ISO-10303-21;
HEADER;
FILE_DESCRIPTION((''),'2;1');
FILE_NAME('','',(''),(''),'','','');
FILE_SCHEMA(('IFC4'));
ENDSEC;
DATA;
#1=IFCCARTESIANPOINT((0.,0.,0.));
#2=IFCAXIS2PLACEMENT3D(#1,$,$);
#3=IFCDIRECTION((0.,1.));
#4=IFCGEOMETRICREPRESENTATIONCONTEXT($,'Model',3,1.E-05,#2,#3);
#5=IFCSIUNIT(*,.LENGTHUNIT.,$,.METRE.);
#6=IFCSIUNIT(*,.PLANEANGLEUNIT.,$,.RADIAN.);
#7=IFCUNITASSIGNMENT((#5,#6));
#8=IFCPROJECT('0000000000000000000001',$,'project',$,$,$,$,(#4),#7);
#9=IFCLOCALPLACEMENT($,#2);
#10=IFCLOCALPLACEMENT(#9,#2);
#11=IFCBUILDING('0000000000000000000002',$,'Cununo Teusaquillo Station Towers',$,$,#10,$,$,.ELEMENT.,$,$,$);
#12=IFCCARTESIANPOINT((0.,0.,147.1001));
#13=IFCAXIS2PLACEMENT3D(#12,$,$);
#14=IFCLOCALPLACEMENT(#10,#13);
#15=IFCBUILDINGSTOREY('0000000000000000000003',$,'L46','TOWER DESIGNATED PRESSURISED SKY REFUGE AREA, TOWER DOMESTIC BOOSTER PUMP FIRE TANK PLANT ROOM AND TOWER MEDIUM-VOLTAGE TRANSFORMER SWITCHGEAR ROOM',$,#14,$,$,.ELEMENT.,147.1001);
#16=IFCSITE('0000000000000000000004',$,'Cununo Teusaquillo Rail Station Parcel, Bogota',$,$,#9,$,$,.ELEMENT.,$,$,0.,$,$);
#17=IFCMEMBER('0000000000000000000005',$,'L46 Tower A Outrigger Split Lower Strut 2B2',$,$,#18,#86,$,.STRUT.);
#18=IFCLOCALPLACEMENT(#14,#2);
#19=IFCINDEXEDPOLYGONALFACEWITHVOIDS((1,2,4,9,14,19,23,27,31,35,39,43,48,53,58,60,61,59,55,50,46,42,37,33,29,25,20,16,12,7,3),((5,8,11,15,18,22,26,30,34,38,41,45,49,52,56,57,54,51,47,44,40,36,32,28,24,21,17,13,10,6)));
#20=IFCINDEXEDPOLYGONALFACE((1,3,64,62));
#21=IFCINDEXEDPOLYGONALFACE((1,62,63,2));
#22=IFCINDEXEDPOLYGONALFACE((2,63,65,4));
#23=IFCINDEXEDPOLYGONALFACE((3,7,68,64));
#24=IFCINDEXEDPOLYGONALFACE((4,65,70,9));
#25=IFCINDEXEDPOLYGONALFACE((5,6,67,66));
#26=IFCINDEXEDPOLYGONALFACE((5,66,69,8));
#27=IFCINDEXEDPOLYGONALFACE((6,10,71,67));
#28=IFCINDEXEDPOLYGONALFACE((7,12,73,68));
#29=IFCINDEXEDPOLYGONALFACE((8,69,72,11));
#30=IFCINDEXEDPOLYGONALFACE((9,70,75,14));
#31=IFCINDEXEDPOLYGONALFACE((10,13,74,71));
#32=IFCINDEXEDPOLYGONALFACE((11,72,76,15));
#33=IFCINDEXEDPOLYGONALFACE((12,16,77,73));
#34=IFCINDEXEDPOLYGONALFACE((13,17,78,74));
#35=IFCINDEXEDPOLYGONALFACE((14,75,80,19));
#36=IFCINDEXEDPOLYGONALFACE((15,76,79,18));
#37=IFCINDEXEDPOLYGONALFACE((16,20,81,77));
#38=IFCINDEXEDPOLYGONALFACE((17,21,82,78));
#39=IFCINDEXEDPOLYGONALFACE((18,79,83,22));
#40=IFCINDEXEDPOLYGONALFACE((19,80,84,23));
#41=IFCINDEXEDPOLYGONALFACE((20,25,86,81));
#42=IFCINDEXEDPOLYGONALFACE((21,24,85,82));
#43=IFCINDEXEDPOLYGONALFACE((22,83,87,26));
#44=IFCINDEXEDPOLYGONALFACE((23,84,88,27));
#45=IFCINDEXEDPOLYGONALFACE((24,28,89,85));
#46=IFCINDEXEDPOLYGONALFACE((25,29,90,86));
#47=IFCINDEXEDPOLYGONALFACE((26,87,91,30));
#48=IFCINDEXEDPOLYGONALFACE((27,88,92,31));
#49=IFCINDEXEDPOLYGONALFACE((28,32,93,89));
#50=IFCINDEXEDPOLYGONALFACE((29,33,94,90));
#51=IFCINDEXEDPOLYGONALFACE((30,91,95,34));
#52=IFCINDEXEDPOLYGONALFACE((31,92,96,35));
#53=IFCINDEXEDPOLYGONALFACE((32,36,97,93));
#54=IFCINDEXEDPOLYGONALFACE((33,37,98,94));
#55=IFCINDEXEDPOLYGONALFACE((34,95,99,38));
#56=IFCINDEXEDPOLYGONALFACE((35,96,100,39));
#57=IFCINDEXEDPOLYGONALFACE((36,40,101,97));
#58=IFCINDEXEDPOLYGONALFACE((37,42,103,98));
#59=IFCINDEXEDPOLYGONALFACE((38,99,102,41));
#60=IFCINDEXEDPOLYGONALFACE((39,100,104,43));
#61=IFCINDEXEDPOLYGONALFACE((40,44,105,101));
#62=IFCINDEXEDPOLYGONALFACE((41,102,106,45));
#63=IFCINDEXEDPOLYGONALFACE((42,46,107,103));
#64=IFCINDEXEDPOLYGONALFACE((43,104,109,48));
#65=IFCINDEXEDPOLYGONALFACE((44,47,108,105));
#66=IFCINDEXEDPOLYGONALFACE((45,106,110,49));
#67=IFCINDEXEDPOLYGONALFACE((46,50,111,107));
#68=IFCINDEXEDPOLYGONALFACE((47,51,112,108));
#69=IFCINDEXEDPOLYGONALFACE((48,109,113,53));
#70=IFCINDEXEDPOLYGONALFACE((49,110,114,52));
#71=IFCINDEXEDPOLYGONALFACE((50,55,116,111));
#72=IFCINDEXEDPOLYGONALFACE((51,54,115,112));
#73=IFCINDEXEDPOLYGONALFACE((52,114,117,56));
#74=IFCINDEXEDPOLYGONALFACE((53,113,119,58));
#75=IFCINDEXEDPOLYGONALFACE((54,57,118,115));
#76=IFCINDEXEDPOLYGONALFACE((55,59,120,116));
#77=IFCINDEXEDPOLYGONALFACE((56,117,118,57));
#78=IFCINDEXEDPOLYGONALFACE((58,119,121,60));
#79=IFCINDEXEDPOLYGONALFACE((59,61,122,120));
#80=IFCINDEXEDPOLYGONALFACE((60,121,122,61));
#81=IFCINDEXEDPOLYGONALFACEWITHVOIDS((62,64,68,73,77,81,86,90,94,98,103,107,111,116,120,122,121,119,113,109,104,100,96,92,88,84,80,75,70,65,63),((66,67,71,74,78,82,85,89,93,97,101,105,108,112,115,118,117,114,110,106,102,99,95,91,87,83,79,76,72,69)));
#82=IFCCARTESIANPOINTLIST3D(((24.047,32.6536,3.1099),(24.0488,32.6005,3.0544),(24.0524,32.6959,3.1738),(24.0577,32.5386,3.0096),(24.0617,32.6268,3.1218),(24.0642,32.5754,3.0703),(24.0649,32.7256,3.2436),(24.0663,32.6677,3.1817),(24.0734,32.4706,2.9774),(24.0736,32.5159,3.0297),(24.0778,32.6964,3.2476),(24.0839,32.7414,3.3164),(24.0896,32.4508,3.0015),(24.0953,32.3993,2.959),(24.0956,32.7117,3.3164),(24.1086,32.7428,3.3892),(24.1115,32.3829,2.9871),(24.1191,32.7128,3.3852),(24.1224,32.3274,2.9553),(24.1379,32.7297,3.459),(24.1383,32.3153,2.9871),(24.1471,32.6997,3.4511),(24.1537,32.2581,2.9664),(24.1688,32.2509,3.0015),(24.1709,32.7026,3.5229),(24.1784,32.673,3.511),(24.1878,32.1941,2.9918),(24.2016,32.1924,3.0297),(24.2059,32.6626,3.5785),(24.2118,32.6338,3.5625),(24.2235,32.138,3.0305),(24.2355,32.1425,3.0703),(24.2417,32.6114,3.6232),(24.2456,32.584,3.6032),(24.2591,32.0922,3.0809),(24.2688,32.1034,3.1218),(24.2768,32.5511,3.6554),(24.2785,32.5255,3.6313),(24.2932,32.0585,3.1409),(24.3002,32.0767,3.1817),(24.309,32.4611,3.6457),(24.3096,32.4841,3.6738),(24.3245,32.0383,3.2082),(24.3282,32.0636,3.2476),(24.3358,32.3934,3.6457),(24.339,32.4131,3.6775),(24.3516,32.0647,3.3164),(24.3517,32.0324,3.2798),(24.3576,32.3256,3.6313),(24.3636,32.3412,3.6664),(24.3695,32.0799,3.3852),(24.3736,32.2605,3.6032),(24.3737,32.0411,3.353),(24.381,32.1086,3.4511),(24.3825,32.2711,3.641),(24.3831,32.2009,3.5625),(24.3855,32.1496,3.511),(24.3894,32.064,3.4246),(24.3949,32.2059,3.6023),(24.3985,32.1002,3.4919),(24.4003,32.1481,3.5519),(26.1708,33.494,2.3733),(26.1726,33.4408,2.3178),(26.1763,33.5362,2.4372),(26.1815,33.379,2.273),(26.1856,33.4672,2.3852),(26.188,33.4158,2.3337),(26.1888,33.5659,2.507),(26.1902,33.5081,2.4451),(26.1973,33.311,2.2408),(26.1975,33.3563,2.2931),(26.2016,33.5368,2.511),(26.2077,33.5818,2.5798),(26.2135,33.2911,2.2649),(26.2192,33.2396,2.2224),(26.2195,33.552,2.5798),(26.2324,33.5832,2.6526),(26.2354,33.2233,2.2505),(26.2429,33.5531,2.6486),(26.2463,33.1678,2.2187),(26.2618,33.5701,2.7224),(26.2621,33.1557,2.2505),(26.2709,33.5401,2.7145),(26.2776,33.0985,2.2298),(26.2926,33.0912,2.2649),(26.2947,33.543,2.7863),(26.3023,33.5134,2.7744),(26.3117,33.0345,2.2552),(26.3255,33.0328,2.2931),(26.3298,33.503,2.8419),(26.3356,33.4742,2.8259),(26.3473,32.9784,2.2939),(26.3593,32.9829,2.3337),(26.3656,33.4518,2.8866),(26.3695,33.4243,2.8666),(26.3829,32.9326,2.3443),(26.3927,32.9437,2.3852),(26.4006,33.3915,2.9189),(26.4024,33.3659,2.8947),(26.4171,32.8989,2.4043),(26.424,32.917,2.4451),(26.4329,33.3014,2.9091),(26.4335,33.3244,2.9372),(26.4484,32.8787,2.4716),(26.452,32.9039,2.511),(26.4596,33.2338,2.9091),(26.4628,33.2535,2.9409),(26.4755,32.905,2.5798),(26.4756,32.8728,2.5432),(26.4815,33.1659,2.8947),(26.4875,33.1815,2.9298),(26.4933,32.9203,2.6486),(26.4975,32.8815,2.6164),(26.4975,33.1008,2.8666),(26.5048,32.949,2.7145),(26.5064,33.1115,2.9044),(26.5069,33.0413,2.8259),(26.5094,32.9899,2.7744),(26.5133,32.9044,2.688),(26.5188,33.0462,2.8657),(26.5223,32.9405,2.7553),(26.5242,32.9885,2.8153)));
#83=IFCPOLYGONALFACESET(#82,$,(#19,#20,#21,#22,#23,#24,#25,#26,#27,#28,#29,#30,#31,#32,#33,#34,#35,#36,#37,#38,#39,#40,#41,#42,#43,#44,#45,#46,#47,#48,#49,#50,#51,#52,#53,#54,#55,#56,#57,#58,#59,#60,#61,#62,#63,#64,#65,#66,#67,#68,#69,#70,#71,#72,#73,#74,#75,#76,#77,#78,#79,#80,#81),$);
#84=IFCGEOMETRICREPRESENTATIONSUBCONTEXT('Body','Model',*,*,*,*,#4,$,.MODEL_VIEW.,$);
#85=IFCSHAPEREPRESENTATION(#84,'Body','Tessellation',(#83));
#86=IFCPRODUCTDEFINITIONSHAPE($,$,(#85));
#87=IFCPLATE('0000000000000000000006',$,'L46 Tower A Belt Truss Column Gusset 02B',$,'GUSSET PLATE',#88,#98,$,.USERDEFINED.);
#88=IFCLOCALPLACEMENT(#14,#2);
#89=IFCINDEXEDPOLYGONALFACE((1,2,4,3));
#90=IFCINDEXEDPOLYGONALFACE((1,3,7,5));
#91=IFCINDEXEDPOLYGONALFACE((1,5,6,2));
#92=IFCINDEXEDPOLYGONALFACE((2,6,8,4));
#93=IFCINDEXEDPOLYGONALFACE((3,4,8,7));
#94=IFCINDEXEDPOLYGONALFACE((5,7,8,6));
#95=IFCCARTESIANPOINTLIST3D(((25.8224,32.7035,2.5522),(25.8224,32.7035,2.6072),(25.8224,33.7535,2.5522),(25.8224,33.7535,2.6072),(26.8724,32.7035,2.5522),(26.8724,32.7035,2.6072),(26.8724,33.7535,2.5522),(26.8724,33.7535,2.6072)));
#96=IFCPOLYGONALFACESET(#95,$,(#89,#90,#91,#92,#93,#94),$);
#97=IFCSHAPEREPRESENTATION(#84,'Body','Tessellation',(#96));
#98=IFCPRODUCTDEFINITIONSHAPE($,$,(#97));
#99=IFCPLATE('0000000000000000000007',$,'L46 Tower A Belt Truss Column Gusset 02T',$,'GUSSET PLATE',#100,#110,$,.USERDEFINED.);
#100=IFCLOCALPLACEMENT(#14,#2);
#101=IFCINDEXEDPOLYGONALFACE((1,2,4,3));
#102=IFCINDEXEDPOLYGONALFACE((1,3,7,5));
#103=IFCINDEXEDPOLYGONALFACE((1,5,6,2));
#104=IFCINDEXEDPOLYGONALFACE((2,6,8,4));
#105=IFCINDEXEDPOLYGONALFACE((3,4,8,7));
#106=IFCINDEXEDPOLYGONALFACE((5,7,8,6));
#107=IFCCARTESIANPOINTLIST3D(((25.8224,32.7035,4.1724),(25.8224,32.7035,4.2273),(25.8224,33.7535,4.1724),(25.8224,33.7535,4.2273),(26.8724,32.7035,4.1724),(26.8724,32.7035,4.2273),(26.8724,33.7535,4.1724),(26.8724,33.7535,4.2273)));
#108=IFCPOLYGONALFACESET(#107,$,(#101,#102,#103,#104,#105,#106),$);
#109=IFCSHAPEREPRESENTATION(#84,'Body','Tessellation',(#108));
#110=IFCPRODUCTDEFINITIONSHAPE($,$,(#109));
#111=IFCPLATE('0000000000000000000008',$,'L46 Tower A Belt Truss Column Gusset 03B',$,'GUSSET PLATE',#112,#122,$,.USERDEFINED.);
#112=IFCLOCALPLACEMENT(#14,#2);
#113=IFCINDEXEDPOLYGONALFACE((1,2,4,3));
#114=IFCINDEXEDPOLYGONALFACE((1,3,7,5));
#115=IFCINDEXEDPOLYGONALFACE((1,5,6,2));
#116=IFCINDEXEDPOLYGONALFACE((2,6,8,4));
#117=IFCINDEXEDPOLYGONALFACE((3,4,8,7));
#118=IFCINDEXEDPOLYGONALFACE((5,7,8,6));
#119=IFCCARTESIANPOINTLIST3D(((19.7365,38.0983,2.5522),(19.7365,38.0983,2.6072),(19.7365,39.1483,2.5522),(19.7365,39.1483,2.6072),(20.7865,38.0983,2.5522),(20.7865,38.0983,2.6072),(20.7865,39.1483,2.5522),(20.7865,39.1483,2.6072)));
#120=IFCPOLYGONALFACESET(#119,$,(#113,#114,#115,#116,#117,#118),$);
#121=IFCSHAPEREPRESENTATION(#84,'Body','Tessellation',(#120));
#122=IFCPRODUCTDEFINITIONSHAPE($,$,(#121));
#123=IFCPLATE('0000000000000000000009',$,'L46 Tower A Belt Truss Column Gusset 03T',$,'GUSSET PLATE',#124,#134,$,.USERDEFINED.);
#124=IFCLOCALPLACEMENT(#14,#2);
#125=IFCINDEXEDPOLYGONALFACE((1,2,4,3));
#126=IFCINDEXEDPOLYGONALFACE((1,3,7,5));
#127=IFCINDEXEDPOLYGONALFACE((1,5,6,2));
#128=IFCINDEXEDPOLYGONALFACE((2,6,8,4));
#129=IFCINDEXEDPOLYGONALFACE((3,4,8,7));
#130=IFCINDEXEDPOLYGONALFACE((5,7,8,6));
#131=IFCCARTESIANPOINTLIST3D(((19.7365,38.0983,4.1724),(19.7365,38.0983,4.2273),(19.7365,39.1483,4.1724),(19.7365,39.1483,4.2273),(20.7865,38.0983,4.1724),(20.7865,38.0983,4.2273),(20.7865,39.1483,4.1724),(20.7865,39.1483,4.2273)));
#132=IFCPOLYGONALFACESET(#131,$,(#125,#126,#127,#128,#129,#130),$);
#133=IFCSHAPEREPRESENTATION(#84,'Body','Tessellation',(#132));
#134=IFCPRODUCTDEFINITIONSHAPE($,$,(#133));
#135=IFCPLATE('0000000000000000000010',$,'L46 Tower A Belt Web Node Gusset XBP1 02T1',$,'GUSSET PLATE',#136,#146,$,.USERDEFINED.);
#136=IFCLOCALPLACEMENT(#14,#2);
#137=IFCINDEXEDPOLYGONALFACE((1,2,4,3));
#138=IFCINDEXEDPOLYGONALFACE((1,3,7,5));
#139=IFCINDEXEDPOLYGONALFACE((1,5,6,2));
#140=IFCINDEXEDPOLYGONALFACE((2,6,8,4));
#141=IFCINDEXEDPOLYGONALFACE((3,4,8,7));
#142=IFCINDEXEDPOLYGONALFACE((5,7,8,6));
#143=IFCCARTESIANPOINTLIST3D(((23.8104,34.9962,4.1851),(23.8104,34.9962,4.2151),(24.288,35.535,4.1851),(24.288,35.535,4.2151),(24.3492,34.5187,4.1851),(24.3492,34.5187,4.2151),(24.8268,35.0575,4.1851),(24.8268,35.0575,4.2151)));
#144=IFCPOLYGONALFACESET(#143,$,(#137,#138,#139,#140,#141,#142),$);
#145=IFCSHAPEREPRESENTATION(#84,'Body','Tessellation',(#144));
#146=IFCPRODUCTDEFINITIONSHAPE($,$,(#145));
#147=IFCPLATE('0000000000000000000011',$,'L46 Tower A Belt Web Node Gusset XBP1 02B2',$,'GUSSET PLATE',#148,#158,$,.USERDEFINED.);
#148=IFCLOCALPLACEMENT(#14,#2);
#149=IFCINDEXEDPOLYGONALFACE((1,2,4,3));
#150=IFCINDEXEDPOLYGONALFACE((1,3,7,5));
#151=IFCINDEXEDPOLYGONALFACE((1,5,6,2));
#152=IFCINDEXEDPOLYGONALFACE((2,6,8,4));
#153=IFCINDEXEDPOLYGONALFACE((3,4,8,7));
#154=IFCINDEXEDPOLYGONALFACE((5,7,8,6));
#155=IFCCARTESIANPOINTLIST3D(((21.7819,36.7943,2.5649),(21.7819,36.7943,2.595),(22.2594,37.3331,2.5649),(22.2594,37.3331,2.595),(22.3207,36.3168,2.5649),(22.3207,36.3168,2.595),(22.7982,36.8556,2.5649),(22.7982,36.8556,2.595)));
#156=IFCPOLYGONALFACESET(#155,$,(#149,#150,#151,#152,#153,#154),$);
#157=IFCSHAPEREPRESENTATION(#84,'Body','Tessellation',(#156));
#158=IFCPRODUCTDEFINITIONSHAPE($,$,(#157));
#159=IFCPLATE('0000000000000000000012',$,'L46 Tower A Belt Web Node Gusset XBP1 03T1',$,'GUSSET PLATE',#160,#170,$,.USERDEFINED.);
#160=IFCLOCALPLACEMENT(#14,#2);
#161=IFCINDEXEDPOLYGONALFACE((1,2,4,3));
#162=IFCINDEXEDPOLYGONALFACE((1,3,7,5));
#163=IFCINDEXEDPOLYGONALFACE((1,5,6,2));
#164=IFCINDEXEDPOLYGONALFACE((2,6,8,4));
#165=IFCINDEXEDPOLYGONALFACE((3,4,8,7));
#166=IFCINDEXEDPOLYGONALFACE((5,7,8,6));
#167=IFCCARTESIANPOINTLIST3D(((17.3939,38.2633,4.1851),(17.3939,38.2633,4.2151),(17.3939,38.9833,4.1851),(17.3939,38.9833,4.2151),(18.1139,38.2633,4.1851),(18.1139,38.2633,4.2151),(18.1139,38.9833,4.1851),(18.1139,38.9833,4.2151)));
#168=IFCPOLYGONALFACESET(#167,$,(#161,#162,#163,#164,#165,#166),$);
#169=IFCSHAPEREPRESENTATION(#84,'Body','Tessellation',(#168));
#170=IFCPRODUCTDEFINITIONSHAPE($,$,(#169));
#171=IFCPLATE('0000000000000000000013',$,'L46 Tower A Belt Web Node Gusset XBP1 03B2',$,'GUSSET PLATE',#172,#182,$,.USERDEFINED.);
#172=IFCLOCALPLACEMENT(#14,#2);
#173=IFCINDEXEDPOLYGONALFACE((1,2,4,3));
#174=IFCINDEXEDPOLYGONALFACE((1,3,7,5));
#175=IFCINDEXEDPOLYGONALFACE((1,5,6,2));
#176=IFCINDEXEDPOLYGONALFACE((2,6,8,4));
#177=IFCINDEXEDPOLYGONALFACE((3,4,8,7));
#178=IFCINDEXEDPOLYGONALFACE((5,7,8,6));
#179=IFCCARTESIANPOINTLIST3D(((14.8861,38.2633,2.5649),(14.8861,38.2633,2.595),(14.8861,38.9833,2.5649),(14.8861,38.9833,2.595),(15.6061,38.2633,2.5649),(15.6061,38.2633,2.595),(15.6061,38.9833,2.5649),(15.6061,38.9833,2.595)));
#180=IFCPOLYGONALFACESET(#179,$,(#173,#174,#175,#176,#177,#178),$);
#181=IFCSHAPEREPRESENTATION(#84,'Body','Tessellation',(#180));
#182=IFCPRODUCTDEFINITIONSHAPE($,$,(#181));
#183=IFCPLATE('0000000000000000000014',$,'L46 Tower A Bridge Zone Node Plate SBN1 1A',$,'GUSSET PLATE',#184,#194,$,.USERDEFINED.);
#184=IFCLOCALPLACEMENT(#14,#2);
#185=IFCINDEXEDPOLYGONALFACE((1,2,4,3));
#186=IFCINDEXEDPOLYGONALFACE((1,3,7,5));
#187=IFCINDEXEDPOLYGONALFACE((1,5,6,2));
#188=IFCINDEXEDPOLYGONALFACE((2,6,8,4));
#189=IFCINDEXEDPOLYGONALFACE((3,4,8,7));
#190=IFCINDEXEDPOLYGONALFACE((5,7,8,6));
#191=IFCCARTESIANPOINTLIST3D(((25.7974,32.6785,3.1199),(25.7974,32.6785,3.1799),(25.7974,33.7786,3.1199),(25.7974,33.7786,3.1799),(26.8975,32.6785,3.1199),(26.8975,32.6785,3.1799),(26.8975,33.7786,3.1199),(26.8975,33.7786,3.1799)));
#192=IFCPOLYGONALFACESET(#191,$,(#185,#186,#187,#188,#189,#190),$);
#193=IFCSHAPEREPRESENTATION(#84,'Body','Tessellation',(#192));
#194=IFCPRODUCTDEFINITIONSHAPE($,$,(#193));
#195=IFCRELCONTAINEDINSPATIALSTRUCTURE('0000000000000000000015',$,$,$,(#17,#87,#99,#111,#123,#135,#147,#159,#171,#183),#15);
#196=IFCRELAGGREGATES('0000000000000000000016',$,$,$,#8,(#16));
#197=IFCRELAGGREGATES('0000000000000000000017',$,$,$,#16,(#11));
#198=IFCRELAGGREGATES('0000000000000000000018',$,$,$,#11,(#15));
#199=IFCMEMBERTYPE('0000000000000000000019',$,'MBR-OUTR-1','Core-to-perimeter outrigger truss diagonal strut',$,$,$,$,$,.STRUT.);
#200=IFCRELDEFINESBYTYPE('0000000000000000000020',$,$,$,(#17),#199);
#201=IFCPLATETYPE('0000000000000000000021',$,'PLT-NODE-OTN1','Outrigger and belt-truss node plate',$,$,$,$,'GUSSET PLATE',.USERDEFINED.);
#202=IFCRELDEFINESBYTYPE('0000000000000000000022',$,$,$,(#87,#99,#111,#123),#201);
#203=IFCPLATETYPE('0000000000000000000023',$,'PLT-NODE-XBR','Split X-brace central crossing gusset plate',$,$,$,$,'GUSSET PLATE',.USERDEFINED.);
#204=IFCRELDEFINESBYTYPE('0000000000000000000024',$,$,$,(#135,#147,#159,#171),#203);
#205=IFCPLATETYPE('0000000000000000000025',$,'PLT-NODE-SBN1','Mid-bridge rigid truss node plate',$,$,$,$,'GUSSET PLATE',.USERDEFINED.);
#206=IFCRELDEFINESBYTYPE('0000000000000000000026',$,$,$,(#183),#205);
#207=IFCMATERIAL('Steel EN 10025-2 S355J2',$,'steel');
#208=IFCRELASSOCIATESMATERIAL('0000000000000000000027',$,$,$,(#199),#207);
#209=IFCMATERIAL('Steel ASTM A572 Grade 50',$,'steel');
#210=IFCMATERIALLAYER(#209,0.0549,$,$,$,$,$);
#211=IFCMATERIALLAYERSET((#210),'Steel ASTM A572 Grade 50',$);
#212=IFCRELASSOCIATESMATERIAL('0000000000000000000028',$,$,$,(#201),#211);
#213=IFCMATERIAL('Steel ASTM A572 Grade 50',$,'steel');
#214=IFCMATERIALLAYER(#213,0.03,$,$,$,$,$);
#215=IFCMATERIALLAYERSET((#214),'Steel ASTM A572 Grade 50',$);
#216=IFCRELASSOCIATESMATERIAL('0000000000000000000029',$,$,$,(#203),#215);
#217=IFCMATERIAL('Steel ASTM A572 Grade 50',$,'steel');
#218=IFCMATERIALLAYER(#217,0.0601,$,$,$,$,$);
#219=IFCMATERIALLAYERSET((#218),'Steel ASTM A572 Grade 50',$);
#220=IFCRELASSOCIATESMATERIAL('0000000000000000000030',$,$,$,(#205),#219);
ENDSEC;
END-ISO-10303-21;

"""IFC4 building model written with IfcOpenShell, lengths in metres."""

from ifc_helpers import new_model, si_unit, direction, frame, origin, origin_2d, place, context, subcontext, project, spatial, rectangle, hollow_circle, extrude, source, transform, mapped, material, layer, layer_set, material_profile, profile_set, type_object, element, save


model = new_model("IFC4")

# Units and contexts
model_context = context("Model", 3, precision=1e-05, world=origin(), true_north=direction((0.0, 1.0)))
body_context = subcontext(model_context, "Body", "Model", "MODEL_VIEW")
ifc_project = project(units=[si_unit("LENGTHUNIT", "METRE"), si_unit("PLANEANGLEUNIT", "RADIAN")], contexts=[model_context])

# Site, building, storey
site_placement = place(None, origin())
site = spatial("IfcSite", under=ifc_project, at=site_placement, Name="Cununo Teusaquillo Rail Station Parcel, Bogota", CompositionType="ELEMENT", RefElevation=0.0)
building_placement = place(site_placement, origin())
building = spatial("IfcBuilding", under=site, at=building_placement, Name="Cununo Teusaquillo Station Towers", CompositionType="ELEMENT")
storey_placement = place(building_placement, frame((0.0, 0.0, 147.1001)))
storey = spatial("IfcBuildingStorey", under=building, at=storey_placement, Name="L46", Description="TOWER DESIGNATED PRESSURISED SKY REFUGE AREA, TOWER DOMESTIC BOOSTER PUMP FIRE TANK PLANT ROOM AND TOWER MEDIUM-VOLTAGE TRANSFORMER SWITCHGEAR ROOM", CompositionType="ELEMENT", Elevation=147.1001)

# Member
ifc_material_1 = material(Name="Steel EN 10025-2 S355J2", Category="steel")
ifc_material_profile_1 = material_profile(ifc_material_1, hollow_circle(Radius=0.3799, WallThickness=0.032, at=origin_2d()), Name="CHS 760x32")
ifc_profile_set_1 = profile_set([ifc_material_profile_1], Name="Steel EN 10025-2 S355J2")
member_type_1 = type_object("IfcMemberType", Name="MBR-OUTR-1", Description="Core-to-perimeter outrigger truss diagonal strut", PredefinedType="STRUT", material=ifc_profile_set_1)
member_1_placement = place(storey_placement, frame((24.2236, 32.3882, 3.3164), z_axis=(0.884974, 0.350165, -0.306928), x_axis=(-0.367923, 0.929856, 0.0)))
element("IfcMember", 1, at=member_1_placement, inside=storey, type_object=member_type_1, Name="L46 Tower A Outrigger Split Lower Strut 2B2", PredefinedType="STRUT", context=body_context, shape_type="SweptSolid", body=[
    extrude(hollow_circle(Radius=0.3799, WallThickness=0.032, at=origin_2d()), origin(), (0.0, 0.0, 1.0), 2.3999),
])

# Plates
ifc_material_2 = material(Name="Steel ASTM A572 Grade 50", Category="steel")
ifc_layer_1 = layer(ifc_material_2, 0.0549)
ifc_layer_set_1 = layer_set([ifc_layer_1], Name="Steel ASTM A572 Grade 50")
plate_type_1 = type_object("IfcPlateType", Name="PLT-NODE-OTN1", Description="Outrigger and belt-truss node plate", ElementType="GUSSET PLATE", PredefinedType="USERDEFINED", material=ifc_layer_set_1)
shared_shape_1 = source(origin(), body_context, "Body", "SweptSolid", [
    extrude(rectangle(XDim=1.05, YDim=1.05, at=origin_2d()), origin(), (0.0, 0.0, 1.0), 0.0549),
])
for number, where, z_axis, x_axis, name in (
    (2, (26.3474, 33.2285, 2.5522), (0.0, 0.0, 1.0), (1.0, 0.0, 0.0), "L46 Tower A Belt Truss Column Gusset 02B"),
    (3, (26.3474, 33.2285, 4.1724), (0.0, 0.0, 1.0), (1.0, 0.0, 0.0), "L46 Tower A Belt Truss Column Gusset 02T"),
    (4, (20.2615, 38.6233, 2.5522), (0.0, 0.0, 1.0), (1.0, 0.0, 0.0), "L46 Tower A Belt Truss Column Gusset 03B"),
    (5, (20.2615, 38.6233, 4.1724), (0.0, 0.0, 1.0), (1.0, 0.0, 0.0), "L46 Tower A Belt Truss Column Gusset 03T"),
):
    element("IfcPlate", number, at=place(storey_placement, frame(where, z_axis=z_axis, x_axis=x_axis)), inside=storey, type_object=plate_type_1, Name=name, ObjectType="GUSSET PLATE", PredefinedType="USERDEFINED", context=body_context, shape_type="MappedRepresentation", body=[
        mapped(shared_shape_1, transform((0.0, 0.0, 0.0), x_axis=(1.0, 0.0, 0.0), y_axis=(0.0, 1.0, 0.0), z_axis=(0.0, 0.0, 1.0), scale=1.0)),
    ])
ifc_material_3 = material(Name="Steel ASTM A572 Grade 50", Category="steel")
ifc_layer_2 = layer(ifc_material_3, 0.03)
ifc_layer_set_2 = layer_set([ifc_layer_2], Name="Steel ASTM A572 Grade 50")
plate_type_2 = type_object("IfcPlateType", Name="PLT-NODE-XBR", Description="Split X-brace central crossing gusset plate", ElementType="GUSSET PLATE", PredefinedType="USERDEFINED", material=ifc_layer_set_2)
shared_shape_2 = source(origin(), body_context, "Body", "SweptSolid", [
    extrude(rectangle(XDim=0.72, YDim=0.72, at=origin_2d()), origin(), (0.0, 0.0, 1.0), 0.03),
])
for number, where, z_axis, x_axis, name in (
    (6, (24.3186, 35.0269, 4.1851), (0.0, 0.0, 1.0), (-0.748377, 0.663273, 0.0), "L46 Tower A Belt Web Node Gusset XBP1 02T1"),
    (7, (22.29, 36.825, 2.5649), (0.0, 0.0, 1.0), (-0.748377, 0.663273, 0.0), "L46 Tower A Belt Web Node Gusset XBP1 02B2"),
    (8, (17.7539, 38.6233, 4.1851), (0.0, 0.0, 1.0), (-1.0, 0.0, 0.0), "L46 Tower A Belt Web Node Gusset XBP1 03T1"),
    (9, (15.2461, 38.6233, 2.5649), (0.0, 0.0, 1.0), (-1.0, 0.0, 0.0), "L46 Tower A Belt Web Node Gusset XBP1 03B2"),
):
    element("IfcPlate", number, at=place(storey_placement, frame(where, z_axis=z_axis, x_axis=x_axis)), inside=storey, type_object=plate_type_2, Name=name, ObjectType="GUSSET PLATE", PredefinedType="USERDEFINED", context=body_context, shape_type="MappedRepresentation", body=[
        mapped(shared_shape_2, transform((0.0, 0.0, 0.0), x_axis=(1.0, 0.0, 0.0), y_axis=(0.0, 1.0, 0.0), z_axis=(0.0, 0.0, 1.0), scale=1.0)),
    ])
ifc_material_4 = material(Name="Steel ASTM A572 Grade 50", Category="steel")
ifc_layer_3 = layer(ifc_material_4, 0.0601)
ifc_layer_set_3 = layer_set([ifc_layer_3], Name="Steel ASTM A572 Grade 50")
plate_type_3 = type_object("IfcPlateType", Name="PLT-NODE-SBN1", Description="Mid-bridge rigid truss node plate", ElementType="GUSSET PLATE", PredefinedType="USERDEFINED", material=ifc_layer_set_3)
shared_shape_3 = source(origin(), body_context, "Body", "SweptSolid", [
    extrude(rectangle(XDim=1.1001, YDim=1.1001, at=origin_2d()), origin(), (0.0, 0.0, 1.0), 0.0601),
])
plate_placement = place(storey_placement, frame((26.3474, 33.2285, 3.1199), z_axis=(0.0, 0.0, 1.0), x_axis=(1.0, 0.0, 0.0)))
element("IfcPlate", 10, at=plate_placement, inside=storey, type_object=plate_type_3, Name="L46 Tower A Bridge Zone Node Plate SBN1 1A", ObjectType="GUSSET PLATE", PredefinedType="USERDEFINED", context=body_context, shape_type="MappedRepresentation", body=[
    mapped(shared_shape_3, transform((0.0, 0.0, 0.0), x_axis=(1.0, 0.0, 0.0), y_axis=(0.0, 1.0, 0.0), z_axis=(0.0, 0.0, 1.0), scale=1.0)),
])

save(model, "model.ifc")
